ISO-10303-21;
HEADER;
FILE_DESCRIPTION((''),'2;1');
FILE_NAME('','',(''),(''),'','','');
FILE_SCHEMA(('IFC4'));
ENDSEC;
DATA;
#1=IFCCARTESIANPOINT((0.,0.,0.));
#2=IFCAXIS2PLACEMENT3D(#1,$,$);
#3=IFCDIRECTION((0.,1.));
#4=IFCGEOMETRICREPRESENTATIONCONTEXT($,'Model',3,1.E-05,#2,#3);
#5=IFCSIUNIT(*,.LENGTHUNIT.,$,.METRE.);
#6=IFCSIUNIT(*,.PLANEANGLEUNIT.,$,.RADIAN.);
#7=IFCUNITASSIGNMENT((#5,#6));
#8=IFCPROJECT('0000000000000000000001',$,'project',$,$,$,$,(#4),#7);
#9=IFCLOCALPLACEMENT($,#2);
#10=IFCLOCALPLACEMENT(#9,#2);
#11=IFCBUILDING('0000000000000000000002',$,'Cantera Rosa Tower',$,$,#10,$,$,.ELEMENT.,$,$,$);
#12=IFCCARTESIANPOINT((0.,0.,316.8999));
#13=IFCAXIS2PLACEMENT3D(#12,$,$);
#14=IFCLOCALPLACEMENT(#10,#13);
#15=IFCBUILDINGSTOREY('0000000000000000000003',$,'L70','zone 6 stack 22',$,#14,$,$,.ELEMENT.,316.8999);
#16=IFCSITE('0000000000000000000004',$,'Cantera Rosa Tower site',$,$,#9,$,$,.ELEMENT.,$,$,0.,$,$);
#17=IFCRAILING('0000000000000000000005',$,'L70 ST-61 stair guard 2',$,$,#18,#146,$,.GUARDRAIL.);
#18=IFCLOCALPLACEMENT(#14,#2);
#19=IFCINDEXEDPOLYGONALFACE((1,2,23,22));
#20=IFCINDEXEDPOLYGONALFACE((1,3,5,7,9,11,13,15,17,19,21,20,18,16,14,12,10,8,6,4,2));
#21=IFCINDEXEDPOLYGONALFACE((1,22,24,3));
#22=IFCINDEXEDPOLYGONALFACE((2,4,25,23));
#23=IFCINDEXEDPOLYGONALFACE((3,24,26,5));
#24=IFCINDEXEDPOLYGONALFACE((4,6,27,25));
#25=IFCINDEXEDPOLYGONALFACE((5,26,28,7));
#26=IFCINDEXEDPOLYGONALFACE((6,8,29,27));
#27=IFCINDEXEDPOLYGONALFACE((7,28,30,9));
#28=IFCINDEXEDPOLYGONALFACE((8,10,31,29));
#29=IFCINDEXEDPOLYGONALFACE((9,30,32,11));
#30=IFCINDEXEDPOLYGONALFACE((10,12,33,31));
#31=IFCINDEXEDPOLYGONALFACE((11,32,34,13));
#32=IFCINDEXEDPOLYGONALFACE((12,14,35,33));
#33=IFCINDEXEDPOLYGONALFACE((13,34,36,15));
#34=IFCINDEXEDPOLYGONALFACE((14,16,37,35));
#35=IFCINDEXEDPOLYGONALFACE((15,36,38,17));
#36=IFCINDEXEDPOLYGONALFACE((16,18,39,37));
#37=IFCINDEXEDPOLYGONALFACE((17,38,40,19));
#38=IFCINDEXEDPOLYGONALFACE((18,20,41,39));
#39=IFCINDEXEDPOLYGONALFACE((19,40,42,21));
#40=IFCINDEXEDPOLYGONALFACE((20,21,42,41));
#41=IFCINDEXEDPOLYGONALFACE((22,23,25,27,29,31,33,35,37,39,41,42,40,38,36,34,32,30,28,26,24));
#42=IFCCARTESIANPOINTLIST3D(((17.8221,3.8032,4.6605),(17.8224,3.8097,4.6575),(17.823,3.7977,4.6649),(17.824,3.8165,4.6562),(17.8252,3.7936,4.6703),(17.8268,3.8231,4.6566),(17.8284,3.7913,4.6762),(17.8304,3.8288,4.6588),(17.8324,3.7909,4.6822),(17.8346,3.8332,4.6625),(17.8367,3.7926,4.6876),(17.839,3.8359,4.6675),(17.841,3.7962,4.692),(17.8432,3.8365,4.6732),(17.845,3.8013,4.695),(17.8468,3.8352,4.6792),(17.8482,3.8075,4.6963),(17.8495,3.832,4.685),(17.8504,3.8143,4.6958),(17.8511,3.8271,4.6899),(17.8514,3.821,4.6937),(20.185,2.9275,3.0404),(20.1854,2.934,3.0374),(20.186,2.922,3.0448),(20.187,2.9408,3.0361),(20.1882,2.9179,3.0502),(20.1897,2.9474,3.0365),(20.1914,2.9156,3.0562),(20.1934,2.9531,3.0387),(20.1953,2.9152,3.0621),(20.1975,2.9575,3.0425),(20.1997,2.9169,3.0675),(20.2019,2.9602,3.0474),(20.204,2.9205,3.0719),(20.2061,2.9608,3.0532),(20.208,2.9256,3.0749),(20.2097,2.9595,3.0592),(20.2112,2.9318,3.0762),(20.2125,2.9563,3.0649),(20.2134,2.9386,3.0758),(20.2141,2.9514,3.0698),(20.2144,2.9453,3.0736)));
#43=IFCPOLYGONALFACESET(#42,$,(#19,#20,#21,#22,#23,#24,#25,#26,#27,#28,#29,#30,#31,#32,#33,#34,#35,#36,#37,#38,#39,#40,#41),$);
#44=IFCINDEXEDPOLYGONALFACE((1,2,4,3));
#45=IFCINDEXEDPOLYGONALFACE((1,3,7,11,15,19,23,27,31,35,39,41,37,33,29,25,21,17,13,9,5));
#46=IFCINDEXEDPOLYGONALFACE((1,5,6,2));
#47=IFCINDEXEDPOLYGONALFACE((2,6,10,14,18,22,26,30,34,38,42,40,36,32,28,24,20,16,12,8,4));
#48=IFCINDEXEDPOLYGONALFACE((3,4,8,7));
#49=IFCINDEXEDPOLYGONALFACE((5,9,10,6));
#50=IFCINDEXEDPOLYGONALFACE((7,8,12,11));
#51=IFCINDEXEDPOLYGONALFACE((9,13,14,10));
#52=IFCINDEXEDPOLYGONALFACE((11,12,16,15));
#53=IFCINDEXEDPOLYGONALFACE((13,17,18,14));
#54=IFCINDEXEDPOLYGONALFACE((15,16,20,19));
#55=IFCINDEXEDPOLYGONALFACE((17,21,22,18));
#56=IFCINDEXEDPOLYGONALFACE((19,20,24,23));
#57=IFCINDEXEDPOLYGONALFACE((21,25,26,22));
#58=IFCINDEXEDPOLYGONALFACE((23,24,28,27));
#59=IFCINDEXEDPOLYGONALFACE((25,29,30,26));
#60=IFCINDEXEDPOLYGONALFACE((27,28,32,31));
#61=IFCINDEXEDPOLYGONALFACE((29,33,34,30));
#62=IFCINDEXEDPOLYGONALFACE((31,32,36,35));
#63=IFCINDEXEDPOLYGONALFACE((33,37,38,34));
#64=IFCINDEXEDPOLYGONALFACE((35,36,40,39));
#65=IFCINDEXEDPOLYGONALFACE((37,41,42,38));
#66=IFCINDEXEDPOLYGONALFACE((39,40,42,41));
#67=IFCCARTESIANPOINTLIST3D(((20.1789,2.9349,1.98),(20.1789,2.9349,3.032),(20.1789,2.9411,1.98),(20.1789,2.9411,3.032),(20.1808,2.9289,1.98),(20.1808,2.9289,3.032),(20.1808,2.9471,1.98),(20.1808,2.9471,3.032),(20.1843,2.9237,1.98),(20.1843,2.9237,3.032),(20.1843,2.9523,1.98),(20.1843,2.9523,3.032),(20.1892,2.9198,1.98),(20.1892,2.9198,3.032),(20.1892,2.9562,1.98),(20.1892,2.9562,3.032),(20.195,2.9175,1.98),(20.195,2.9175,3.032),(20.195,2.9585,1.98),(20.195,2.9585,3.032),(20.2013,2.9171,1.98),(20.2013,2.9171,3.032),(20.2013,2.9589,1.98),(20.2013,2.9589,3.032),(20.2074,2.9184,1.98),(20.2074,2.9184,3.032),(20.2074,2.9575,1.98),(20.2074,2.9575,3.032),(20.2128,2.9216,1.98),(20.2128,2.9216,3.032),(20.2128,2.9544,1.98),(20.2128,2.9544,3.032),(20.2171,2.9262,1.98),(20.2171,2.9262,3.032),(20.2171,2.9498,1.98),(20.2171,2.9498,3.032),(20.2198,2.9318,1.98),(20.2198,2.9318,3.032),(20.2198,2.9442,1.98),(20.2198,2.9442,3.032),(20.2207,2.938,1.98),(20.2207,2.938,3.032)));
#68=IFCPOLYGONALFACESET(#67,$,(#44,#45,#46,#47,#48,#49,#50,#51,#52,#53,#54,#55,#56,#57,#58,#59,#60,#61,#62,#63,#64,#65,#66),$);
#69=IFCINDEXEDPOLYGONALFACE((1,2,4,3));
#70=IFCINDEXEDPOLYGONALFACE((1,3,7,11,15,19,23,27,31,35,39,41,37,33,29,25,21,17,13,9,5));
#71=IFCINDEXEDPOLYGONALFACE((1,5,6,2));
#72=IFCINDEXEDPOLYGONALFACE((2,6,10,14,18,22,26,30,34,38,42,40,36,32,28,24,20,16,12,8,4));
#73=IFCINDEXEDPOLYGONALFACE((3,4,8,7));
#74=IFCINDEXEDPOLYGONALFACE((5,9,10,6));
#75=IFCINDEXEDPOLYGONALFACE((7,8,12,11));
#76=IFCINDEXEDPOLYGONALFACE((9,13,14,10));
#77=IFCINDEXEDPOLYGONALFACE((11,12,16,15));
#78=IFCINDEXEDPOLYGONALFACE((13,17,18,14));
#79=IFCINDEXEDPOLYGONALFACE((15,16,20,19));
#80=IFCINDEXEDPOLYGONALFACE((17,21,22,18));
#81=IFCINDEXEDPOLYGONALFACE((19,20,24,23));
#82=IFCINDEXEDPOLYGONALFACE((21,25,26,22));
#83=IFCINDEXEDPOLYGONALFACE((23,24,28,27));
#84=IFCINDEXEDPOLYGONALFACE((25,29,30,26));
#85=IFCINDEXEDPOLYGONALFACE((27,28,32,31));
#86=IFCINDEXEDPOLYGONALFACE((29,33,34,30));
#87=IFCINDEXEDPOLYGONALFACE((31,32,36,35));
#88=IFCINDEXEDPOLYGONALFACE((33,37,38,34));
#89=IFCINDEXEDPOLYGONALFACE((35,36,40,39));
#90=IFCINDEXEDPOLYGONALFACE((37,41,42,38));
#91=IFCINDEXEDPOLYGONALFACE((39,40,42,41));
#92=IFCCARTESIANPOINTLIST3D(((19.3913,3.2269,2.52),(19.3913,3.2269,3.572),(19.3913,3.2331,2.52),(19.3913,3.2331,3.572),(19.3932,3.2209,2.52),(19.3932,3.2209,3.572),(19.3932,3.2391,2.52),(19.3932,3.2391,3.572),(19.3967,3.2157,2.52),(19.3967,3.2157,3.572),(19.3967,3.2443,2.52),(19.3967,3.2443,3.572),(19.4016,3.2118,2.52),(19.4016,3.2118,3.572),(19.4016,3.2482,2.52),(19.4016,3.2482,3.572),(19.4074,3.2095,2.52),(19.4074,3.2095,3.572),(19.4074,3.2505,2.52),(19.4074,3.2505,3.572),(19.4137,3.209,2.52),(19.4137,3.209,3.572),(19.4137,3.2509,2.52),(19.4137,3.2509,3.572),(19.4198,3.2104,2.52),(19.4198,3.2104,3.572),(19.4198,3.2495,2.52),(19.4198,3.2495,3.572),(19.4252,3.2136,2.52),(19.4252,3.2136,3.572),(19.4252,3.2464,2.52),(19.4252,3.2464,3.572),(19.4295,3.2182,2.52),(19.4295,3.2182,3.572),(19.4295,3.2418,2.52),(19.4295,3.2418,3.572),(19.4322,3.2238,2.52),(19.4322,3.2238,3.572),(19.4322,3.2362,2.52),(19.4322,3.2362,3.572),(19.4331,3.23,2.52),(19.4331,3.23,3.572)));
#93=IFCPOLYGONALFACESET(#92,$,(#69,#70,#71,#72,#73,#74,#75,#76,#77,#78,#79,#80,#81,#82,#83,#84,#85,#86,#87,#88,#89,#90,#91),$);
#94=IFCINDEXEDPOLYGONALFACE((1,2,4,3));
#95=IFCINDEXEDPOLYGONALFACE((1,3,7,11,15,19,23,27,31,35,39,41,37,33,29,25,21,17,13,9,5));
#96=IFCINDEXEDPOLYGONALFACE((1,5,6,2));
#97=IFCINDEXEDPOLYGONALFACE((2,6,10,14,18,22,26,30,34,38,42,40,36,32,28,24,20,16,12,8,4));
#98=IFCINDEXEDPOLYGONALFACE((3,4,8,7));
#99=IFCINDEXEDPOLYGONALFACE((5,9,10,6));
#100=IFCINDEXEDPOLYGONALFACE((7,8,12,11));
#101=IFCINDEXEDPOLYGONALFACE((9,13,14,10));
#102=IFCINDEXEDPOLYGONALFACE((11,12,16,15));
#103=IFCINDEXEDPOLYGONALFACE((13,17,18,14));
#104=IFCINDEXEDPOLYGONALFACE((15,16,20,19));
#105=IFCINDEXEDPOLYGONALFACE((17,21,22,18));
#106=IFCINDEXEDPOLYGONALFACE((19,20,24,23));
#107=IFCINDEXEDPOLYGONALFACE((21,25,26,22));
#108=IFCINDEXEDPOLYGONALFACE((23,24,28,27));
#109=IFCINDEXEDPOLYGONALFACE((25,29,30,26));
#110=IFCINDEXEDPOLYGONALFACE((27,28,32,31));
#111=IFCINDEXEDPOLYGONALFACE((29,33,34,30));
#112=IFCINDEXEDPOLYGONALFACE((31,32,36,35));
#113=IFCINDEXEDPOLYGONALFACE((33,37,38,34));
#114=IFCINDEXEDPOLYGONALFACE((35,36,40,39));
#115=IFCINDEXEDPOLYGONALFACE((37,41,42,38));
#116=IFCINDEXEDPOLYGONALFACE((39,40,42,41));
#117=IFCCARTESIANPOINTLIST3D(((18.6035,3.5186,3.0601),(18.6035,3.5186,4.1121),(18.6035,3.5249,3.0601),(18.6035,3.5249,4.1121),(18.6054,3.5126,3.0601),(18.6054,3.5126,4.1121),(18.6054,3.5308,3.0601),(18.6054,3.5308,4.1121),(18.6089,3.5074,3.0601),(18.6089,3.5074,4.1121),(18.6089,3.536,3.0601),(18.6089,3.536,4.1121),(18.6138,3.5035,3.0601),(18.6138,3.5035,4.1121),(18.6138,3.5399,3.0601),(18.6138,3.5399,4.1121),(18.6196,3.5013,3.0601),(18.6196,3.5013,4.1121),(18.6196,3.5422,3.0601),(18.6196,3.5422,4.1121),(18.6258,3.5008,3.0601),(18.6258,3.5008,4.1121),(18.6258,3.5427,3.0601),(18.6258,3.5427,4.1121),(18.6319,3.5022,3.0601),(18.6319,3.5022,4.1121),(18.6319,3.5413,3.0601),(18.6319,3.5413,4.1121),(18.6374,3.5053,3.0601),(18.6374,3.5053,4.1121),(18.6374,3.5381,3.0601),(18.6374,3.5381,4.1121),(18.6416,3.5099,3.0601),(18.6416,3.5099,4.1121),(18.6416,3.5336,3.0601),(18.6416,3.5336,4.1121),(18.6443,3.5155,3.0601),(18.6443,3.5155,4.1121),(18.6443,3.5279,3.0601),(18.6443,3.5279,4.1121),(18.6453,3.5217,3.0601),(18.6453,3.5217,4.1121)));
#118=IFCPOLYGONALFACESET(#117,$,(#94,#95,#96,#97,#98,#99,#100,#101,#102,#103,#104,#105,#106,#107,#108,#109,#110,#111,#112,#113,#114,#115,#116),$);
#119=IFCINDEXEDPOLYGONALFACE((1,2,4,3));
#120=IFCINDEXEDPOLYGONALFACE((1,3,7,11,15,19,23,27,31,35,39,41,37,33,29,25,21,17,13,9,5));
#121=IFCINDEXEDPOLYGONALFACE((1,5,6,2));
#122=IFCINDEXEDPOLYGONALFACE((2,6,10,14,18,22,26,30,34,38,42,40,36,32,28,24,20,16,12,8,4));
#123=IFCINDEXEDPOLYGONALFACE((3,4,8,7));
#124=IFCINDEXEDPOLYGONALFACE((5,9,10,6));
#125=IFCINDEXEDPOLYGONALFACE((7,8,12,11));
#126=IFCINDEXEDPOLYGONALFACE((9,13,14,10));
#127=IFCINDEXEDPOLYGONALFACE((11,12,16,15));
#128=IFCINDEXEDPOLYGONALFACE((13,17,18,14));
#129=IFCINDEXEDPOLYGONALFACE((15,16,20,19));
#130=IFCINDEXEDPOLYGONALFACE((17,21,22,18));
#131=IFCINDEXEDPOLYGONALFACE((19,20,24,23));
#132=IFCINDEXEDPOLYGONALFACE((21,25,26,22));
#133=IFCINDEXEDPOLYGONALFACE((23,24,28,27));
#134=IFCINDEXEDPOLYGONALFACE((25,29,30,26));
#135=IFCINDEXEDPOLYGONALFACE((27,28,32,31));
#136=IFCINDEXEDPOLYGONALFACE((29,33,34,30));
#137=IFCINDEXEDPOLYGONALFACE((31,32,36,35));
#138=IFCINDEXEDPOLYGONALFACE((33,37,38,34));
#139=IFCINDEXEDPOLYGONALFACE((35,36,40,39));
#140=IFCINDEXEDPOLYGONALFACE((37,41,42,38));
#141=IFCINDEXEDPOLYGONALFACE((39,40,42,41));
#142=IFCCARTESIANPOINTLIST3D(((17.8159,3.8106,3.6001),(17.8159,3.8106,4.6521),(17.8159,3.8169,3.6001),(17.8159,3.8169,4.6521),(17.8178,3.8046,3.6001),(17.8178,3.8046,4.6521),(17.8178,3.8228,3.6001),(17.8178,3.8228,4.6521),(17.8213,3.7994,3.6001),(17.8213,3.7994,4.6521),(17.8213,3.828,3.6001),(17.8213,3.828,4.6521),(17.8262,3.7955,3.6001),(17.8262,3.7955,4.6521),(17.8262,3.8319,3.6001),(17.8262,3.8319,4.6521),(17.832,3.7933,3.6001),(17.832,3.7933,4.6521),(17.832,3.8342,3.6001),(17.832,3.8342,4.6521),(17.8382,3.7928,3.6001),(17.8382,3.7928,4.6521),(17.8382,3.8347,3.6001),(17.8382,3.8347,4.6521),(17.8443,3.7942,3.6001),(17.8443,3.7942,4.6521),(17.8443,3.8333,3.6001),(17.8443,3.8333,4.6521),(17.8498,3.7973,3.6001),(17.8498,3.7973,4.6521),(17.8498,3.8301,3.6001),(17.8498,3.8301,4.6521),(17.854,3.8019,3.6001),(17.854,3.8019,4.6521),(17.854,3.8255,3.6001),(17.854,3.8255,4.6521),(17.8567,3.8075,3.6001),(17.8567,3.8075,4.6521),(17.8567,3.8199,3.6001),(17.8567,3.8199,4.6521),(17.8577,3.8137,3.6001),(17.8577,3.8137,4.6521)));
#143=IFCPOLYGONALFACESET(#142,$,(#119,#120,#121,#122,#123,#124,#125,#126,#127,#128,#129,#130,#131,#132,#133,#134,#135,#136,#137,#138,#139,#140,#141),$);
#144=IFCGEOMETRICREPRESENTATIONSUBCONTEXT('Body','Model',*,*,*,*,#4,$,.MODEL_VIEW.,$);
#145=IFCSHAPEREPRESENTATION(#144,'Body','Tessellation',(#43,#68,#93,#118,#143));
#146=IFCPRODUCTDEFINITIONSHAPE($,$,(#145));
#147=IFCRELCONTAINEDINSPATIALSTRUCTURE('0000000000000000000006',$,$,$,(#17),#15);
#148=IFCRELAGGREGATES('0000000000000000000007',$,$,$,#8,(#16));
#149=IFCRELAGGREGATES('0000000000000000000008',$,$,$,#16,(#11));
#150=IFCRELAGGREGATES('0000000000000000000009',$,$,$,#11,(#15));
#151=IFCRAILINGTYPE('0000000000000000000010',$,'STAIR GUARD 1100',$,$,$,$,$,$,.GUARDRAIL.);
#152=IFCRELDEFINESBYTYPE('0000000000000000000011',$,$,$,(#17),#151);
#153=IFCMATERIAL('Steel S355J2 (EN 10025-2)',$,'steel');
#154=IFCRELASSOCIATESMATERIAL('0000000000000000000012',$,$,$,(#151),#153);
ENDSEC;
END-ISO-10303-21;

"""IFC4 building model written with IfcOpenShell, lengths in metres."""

from ifc_helpers import new_model, si_unit, direction, frame, origin, origin_2d, place, context, subcontext, project, spatial, circle, extrude, material, type_object, element, save


model = new_model("IFC4")

# Units and contexts
model_context = context("Model", 3, precision=1e-05, world=origin(), true_north=direction((0.0, 1.0)))
body_context = subcontext(model_context, "Body", "Model", "MODEL_VIEW")
ifc_project = project(units=[si_unit("LENGTHUNIT", "METRE"), si_unit("PLANEANGLEUNIT", "RADIAN")], contexts=[model_context])

# Site, building, storey
site_placement = place(None, origin())
site = spatial("IfcSite", under=ifc_project, at=site_placement, Name="Cantera Rosa Tower site", CompositionType="ELEMENT", RefElevation=0.0)
building_placement = place(site_placement, origin())
building = spatial("IfcBuilding", under=site, at=building_placement, Name="Cantera Rosa Tower", CompositionType="ELEMENT")
storey_placement = place(building_placement, frame((0.0, 0.0, 316.8999)))
storey = spatial("IfcBuildingStorey", under=building, at=storey_placement, Name="L70", Description="zone 6 stack 22", CompositionType="ELEMENT", Elevation=316.8999)

# Railing
ifc_material_1 = material(Name="Steel S355J2 (EN 10025-2)", Category="steel")
railing_type_1 = type_object("IfcRailingType", Name="STAIR GUARD 1100", PredefinedType="GUARDRAIL", material=ifc_material_1)
railing_1_placement = place(storey_placement, frame((20.1997, 2.938, 1.98)))
element("IfcRailing", 1, at=railing_1_placement, inside=storey, type_object=railing_type_1, Name="L70 ST-61 stair guard 2", PredefinedType="GUARDRAIL", context=body_context, shape_type="SweptSolid", body=[
    extrude(circle(Radius=0.0239, at=origin_2d()), frame((0.0, 0.0, 1.0762), z_axis=(-0.788748, 0.292307, 0.540772), x_axis=(-0.347501, -0.93768, 0.0)), (0.0, 0.0, 1.0), 2.9958),
    extrude(circle(Radius=0.021, at=origin_2d()), origin(), (0.0, 0.0, 1.0), 1.052),
    extrude(circle(Radius=0.021, at=origin_2d()), frame((-0.7876, 0.292, 0.54)), (0.0, 0.0, 1.0), 1.052),
    extrude(circle(Radius=0.021, at=origin_2d()), frame((-1.5754, 0.5837, 1.0801)), (0.0, 0.0, 1.0), 1.052),
    extrude(circle(Radius=0.021, at=origin_2d()), frame((-2.363, 0.8757, 1.6201)), (0.0, 0.0, 1.0), 1.052),
])

save(model, "model.ifc")
